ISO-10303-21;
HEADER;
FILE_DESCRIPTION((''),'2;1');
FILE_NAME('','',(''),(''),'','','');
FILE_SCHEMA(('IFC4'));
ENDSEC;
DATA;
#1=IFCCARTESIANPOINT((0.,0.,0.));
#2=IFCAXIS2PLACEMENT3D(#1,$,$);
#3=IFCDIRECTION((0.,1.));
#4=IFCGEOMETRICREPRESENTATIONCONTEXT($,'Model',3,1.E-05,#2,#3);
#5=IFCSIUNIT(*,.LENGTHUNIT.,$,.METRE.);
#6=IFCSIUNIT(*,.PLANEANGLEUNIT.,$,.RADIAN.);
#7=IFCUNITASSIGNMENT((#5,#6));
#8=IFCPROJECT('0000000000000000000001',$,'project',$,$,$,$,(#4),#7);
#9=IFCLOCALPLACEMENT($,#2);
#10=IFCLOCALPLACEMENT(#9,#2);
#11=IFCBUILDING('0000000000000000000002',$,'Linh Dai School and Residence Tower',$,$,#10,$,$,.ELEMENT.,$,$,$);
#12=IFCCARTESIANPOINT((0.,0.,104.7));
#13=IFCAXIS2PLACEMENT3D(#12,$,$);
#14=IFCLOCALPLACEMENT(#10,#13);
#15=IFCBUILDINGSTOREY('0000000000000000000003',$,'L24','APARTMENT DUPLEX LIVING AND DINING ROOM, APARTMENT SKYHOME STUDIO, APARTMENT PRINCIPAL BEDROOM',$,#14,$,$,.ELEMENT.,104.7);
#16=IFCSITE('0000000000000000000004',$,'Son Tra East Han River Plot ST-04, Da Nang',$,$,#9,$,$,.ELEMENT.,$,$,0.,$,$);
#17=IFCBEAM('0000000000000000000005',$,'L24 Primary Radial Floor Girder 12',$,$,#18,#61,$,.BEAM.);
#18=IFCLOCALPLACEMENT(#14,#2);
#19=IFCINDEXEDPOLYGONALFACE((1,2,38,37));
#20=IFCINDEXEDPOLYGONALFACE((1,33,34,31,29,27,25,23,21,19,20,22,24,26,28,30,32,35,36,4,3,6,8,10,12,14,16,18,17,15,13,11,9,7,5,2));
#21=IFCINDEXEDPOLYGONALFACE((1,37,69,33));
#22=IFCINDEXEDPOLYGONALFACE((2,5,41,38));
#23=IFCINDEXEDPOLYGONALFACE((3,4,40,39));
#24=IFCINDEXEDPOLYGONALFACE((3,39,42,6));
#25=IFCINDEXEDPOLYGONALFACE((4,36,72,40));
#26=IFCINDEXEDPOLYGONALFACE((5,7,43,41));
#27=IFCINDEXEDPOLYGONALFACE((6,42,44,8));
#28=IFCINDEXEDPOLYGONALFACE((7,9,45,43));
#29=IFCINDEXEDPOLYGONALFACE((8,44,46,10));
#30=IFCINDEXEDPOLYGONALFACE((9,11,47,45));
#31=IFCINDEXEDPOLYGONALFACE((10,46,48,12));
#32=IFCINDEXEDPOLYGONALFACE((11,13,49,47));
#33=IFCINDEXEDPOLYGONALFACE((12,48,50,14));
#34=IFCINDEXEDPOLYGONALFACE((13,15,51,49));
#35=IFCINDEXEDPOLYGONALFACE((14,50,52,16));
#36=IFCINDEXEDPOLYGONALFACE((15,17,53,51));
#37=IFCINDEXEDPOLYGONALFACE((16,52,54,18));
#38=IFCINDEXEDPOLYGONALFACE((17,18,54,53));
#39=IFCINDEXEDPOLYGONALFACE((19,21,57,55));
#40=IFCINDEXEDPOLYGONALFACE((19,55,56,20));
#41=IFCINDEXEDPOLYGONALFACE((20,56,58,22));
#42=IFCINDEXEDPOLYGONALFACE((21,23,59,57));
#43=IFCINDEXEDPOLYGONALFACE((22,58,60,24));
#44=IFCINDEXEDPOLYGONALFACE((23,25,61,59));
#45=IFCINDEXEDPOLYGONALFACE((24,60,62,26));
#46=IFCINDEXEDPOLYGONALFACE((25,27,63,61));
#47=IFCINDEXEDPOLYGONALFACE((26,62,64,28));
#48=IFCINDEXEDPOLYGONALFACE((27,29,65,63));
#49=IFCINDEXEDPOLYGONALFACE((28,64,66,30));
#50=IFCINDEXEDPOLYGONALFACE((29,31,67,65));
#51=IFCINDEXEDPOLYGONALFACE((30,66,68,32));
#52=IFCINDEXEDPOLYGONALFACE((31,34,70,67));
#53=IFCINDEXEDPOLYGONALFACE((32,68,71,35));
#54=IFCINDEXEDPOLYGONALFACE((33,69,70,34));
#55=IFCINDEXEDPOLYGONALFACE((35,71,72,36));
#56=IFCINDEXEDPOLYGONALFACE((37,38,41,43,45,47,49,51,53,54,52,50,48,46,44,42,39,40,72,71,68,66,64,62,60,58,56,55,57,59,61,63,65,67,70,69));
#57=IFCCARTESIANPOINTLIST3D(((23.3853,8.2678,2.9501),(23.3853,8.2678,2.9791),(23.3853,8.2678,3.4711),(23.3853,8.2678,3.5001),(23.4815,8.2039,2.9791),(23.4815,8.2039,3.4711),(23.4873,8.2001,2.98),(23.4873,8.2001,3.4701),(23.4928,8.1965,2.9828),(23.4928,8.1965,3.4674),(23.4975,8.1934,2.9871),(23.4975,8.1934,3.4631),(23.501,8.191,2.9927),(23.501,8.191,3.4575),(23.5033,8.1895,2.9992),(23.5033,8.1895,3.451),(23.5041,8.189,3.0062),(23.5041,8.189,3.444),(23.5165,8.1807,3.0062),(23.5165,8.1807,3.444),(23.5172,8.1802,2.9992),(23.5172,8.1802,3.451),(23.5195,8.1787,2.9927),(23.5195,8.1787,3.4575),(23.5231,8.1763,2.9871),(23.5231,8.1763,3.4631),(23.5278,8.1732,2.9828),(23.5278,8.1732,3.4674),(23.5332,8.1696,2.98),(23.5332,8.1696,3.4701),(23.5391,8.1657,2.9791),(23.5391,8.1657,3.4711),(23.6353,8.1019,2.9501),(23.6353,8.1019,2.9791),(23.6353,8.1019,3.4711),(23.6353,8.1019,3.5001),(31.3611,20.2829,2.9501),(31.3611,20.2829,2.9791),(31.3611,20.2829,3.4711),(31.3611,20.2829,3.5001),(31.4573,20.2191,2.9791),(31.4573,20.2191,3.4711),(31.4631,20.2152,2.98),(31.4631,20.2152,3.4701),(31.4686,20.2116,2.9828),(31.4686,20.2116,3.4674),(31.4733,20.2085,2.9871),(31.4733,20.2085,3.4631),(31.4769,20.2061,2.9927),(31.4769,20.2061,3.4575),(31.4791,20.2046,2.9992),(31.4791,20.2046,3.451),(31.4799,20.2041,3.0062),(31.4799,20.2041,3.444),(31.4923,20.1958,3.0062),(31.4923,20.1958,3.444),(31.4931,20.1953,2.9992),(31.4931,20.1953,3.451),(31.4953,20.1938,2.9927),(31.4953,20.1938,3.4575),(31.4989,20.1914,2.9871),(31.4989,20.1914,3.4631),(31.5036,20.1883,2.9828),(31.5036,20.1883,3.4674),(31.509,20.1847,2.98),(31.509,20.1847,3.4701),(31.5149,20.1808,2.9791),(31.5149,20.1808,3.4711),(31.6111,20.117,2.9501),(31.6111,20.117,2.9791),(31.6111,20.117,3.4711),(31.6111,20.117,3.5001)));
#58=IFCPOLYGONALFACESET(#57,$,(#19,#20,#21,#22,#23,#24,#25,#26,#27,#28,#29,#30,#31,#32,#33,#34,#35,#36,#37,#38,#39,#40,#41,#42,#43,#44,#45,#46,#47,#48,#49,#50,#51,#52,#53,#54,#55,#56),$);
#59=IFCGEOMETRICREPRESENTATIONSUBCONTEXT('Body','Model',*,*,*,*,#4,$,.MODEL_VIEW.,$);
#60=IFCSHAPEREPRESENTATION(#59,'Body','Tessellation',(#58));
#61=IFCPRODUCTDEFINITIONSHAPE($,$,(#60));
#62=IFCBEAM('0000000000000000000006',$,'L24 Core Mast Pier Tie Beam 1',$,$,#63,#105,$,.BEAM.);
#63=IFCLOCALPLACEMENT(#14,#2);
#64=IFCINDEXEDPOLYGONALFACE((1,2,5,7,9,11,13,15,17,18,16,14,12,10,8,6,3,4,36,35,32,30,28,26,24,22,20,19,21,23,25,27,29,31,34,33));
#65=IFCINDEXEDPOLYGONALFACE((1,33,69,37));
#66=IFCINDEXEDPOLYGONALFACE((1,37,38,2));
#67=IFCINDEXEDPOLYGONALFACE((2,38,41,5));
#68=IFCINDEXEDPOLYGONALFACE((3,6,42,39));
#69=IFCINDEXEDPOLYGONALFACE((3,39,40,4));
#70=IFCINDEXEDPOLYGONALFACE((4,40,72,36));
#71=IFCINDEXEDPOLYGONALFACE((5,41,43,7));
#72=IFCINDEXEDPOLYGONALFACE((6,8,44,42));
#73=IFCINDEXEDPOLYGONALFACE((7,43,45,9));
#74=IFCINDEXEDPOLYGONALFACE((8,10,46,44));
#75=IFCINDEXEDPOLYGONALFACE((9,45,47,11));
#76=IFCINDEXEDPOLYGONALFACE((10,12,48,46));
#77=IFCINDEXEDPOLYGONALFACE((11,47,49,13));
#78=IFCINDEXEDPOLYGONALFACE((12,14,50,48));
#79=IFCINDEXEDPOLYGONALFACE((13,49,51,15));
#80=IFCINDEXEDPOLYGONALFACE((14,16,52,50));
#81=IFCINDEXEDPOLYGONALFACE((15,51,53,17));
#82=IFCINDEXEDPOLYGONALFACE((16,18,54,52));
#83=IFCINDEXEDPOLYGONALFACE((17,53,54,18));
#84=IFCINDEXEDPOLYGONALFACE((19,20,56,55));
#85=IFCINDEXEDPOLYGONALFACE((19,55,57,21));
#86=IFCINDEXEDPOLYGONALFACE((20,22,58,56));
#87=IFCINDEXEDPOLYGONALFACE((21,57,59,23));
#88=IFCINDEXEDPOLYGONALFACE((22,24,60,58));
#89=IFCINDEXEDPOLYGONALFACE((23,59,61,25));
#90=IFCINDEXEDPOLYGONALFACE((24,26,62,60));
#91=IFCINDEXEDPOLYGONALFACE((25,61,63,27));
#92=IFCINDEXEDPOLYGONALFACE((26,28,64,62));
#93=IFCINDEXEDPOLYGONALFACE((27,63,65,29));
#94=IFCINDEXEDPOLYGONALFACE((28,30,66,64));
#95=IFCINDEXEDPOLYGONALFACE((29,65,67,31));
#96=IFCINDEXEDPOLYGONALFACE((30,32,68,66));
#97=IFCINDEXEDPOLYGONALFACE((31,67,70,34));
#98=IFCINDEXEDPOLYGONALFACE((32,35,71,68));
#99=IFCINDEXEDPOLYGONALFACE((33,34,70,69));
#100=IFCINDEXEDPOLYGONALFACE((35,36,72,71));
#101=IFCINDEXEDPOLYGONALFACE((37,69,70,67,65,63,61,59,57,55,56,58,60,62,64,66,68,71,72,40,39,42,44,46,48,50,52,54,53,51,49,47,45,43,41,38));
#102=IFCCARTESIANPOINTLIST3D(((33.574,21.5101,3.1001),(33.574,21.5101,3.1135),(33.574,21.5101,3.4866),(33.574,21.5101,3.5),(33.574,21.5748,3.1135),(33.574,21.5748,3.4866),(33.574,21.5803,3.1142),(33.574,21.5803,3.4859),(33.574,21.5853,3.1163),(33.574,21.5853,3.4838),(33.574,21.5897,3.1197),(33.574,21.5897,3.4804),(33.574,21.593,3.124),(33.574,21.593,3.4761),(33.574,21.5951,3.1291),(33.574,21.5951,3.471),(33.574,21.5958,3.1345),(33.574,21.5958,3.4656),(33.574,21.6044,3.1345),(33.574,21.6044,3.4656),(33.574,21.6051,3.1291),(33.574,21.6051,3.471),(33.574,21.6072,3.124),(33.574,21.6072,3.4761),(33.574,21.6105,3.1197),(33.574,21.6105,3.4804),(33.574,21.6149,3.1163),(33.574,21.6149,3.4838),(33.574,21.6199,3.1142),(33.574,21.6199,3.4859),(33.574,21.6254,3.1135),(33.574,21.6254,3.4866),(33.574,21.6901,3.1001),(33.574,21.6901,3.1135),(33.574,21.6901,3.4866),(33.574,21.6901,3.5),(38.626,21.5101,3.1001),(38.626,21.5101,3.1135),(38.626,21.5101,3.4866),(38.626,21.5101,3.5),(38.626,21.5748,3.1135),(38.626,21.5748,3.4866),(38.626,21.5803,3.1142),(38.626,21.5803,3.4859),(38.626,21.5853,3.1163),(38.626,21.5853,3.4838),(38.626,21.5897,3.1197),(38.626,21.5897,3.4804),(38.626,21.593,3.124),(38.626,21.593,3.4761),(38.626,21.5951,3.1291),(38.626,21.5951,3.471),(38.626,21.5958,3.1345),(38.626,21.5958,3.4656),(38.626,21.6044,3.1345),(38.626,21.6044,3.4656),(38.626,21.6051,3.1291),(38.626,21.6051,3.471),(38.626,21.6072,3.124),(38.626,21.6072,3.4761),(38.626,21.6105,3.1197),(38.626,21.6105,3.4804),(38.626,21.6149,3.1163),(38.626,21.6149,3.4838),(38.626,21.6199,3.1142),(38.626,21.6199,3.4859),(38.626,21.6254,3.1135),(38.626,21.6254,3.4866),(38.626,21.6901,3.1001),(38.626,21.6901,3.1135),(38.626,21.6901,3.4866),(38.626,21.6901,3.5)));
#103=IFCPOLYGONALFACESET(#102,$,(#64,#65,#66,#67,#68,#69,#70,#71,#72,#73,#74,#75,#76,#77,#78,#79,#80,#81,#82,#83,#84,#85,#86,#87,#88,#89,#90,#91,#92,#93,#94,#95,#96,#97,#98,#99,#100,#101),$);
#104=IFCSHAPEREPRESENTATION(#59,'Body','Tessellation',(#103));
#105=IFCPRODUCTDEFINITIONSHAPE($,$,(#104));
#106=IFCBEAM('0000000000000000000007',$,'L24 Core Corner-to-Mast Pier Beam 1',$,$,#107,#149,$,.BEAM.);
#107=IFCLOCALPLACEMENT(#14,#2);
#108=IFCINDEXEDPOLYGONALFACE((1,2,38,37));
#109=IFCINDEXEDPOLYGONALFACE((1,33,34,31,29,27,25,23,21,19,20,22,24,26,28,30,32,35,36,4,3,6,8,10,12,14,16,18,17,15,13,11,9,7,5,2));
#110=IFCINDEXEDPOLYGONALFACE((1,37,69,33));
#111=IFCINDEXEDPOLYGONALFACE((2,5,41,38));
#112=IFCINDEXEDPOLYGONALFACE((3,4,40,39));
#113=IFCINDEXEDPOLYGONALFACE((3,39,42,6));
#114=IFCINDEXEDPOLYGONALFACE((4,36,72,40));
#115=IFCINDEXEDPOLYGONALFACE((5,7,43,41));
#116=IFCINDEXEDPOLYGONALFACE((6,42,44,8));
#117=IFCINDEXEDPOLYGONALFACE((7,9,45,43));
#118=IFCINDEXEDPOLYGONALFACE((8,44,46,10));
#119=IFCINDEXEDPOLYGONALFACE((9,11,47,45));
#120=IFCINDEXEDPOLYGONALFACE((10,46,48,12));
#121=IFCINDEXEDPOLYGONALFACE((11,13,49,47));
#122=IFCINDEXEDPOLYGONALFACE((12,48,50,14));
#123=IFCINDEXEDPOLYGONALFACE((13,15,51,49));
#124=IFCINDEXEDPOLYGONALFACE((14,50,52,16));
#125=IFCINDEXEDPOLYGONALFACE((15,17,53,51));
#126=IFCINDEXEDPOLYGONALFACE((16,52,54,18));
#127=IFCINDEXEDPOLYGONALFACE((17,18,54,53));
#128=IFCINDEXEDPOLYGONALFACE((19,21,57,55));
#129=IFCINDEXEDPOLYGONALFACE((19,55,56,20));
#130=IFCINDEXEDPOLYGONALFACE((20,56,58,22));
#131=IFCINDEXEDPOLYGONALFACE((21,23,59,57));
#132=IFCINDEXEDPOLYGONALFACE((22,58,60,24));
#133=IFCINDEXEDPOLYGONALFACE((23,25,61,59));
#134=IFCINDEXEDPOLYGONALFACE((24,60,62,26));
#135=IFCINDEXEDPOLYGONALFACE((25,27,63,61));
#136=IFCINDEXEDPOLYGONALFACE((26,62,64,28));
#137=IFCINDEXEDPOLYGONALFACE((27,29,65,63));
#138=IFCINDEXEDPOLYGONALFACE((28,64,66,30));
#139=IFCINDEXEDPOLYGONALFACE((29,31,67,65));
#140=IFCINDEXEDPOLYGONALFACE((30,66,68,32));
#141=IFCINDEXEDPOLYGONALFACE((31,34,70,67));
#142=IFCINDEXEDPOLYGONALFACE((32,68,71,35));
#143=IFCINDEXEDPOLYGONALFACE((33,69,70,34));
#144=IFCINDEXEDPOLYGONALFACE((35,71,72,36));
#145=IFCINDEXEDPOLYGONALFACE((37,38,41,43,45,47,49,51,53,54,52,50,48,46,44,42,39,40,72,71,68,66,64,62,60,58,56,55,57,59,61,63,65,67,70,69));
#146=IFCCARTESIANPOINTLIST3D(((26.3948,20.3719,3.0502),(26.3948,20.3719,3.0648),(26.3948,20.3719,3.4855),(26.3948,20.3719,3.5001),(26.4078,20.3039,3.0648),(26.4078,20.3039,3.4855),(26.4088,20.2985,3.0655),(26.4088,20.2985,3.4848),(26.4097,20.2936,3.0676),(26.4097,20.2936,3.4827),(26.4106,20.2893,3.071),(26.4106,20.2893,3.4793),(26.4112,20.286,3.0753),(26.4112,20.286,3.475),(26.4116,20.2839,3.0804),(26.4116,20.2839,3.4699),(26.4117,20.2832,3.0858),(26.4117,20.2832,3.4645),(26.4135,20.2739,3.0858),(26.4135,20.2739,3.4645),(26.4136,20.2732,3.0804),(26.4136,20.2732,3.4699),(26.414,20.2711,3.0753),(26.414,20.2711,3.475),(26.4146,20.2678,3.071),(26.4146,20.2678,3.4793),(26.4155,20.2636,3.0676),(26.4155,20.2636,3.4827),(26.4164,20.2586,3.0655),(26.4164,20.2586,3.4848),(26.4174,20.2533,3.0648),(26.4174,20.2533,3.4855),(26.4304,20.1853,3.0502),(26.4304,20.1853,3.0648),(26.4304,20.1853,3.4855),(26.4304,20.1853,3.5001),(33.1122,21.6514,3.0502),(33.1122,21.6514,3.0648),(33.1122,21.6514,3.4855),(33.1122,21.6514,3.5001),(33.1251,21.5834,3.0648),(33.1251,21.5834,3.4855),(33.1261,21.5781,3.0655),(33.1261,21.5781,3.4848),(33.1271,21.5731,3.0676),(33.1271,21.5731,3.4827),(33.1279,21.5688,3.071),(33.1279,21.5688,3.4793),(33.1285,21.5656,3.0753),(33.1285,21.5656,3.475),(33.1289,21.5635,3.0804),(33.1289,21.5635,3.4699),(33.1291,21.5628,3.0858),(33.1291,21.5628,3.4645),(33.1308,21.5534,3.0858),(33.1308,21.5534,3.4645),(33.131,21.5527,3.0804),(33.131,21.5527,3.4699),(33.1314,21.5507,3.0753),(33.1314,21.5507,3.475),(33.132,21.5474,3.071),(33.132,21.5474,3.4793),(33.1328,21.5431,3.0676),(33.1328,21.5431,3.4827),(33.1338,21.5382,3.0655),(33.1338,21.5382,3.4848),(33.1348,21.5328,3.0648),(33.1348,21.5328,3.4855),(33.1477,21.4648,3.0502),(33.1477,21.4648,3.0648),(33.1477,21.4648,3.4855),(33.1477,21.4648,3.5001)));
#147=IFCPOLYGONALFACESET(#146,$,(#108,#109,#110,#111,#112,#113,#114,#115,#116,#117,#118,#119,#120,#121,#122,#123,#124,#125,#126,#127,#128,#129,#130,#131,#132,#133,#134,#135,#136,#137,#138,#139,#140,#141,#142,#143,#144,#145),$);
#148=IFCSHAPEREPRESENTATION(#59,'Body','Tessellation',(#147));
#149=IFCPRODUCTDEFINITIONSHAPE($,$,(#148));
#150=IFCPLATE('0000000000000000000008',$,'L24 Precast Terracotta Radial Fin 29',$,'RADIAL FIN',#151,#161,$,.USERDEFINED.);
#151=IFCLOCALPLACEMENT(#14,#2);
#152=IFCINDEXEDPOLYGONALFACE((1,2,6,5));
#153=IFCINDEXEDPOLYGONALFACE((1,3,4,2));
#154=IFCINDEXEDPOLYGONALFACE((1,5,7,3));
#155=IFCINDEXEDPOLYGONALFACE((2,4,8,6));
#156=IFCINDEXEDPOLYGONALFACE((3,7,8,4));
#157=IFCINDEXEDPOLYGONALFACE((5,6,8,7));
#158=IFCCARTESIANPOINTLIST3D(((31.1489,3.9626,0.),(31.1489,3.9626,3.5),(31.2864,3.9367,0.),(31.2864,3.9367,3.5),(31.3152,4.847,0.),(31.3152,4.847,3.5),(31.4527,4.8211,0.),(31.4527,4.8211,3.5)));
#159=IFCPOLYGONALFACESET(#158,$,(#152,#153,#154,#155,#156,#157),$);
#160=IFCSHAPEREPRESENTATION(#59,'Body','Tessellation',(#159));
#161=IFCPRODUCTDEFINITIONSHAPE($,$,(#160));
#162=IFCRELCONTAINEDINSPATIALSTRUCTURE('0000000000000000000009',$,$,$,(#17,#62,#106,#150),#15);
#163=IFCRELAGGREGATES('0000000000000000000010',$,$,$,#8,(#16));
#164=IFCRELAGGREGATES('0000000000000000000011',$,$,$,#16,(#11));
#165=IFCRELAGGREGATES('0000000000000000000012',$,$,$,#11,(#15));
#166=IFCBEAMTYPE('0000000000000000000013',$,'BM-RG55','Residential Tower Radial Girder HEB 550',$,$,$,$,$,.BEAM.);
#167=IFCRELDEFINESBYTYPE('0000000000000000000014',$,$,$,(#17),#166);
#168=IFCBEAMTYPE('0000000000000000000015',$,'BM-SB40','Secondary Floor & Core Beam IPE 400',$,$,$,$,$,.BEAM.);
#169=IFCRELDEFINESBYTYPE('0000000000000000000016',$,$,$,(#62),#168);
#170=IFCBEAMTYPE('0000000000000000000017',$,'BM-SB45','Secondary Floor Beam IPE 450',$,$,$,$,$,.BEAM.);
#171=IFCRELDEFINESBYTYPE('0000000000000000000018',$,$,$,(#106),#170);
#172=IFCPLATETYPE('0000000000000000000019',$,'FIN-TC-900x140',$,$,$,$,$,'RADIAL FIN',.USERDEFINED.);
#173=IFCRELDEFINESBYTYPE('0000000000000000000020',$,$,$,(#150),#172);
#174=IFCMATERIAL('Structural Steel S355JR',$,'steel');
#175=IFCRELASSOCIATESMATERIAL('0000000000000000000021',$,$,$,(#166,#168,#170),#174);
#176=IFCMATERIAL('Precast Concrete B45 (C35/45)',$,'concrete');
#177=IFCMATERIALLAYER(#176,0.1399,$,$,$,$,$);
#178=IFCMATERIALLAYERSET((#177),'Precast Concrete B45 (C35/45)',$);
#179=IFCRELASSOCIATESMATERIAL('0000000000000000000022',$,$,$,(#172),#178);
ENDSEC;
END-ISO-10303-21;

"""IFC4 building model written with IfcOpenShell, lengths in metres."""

from ifc_helpers import new_model, si_unit, direction, frame, origin, origin_2d, place, context, subcontext, project, spatial, rectangle, i_section, extrude, source, transform, mapped, material, layer, layer_set, material_profile, profile_set, type_object, element, save


model = new_model("IFC4")

# Units and contexts
model_context = context("Model", 3, precision=1e-05, world=origin(), true_north=direction((0.0, 1.0)))
body_context = subcontext(model_context, "Body", "Model", "MODEL_VIEW")
ifc_project = project(units=[si_unit("LENGTHUNIT", "METRE"), si_unit("PLANEANGLEUNIT", "RADIAN")], contexts=[model_context])

# Site, building, storey
site_placement = place(None, origin())
site = spatial("IfcSite", under=ifc_project, at=site_placement, Name="Son Tra East Han River Plot ST-04, Da Nang", CompositionType="ELEMENT", RefElevation=0.0)
building_placement = place(site_placement, origin())
building = spatial("IfcBuilding", under=site, at=building_placement, Name="Linh Dai School and Residence Tower", CompositionType="ELEMENT")
storey_placement = place(building_placement, frame((0.0, 0.0, 104.7)))
storey = spatial("IfcBuildingStorey", under=building, at=storey_placement, Name="L24", Description="APARTMENT DUPLEX LIVING AND DINING ROOM, APARTMENT SKYHOME STUDIO, APARTMENT PRINCIPAL BEDROOM", CompositionType="ELEMENT", Elevation=104.7)

# Shared definitions
ifc_material_1 = material(Name="Structural Steel S355JR", Category="steel")

# Beams
ifc_material_profile_1 = material_profile(ifc_material_1, i_section(OverallWidth=0.3, OverallDepth=0.55, WebThickness=0.0149, FlangeThickness=0.0291, FilletRadius=0.0271, at=origin_2d()), Name="HEB 550")
ifc_profile_set_1 = profile_set([ifc_material_profile_1], Name="Structural Steel S355JR")
beam_type_1 = type_object("IfcBeamType", Name="BM-RG55", Description="Residential Tower Radial Girder HEB 550", PredefinedType="BEAM", material=ifc_profile_set_1)
beam_1_placement = place(storey_placement, frame((31.4861, 20.2, 3.2251), z_axis=(-0.553054, -0.833145, 0.0), x_axis=(0.833145, -0.553054, 0.0)))
element("IfcBeam", 1, at=beam_1_placement, inside=storey, type_object=beam_type_1, Name="L24 Primary Radial Floor Girder 12", PredefinedType="BEAM", context=body_context, shape_type="SweptSolid", body=[
    extrude(i_section(OverallWidth=0.3, OverallDepth=0.55, WebThickness=0.0149, FlangeThickness=0.0291, FilletRadius=0.0271, at=origin_2d()), origin(), (0.0, 0.0, 1.0), 14.4214),
])
ifc_material_profile_2 = material_profile(ifc_material_1, i_section(OverallWidth=0.1799, OverallDepth=0.3999, WebThickness=0.0085, FlangeThickness=0.0134, FilletRadius=0.021, at=origin_2d()), Name="IPE 400")
ifc_profile_set_2 = profile_set([ifc_material_profile_2], Name="Structural Steel S355JR")
beam_type_2 = type_object("IfcBeamType", Name="BM-SB40", Description="Secondary Floor & Core Beam IPE 400", PredefinedType="BEAM", material=ifc_profile_set_2)
beam_2_placement = place(storey_placement, frame((33.574, 21.6001, 3.3), z_axis=(1.0, 0.0, 0.0), x_axis=(0.0, 1.0, 0.0)))
element("IfcBeam", 2, at=beam_2_placement, inside=storey, type_object=beam_type_2, Name="L24 Core Mast Pier Tie Beam 1", PredefinedType="BEAM", context=body_context, shape_type="SweptSolid", body=[
    extrude(i_section(OverallWidth=0.1799, OverallDepth=0.3999, WebThickness=0.0085, FlangeThickness=0.0134, FilletRadius=0.021, at=origin_2d()), origin(), (0.0, 0.0, 1.0), 5.052),
])
ifc_material_profile_3 = material_profile(ifc_material_1, i_section(OverallWidth=0.1899, OverallDepth=0.45, WebThickness=0.0095, FlangeThickness=0.0146, FilletRadius=0.021, at=origin_2d()), Name="IPE 450")
ifc_profile_set_3 = profile_set([ifc_material_profile_3], Name="Structural Steel S355JR")
beam_type_3 = type_object("IfcBeamType", Name="BM-SB45", Description="Secondary Floor Beam IPE 450", PredefinedType="BEAM", material=ifc_profile_set_3)
beam_3_placement = place(storey_placement, frame((26.4126, 20.2786, 3.2751), z_axis=(0.982337, 0.18712, 0.0), x_axis=(-0.18712, 0.982337, 0.0)))
element("IfcBeam", 3, at=beam_3_placement, inside=storey, type_object=beam_type_3, Name="L24 Core Corner-to-Mast Pier Beam 1", PredefinedType="BEAM", context=body_context, shape_type="SweptSolid", body=[
    extrude(i_section(OverallWidth=0.1899, OverallDepth=0.45, WebThickness=0.0095, FlangeThickness=0.0146, FilletRadius=0.021, at=origin_2d()), origin(), (0.0, 0.0, 1.0), 6.8381),
])

# Plate
ifc_material_2 = material(Name="Precast Concrete B45 (C35/45)", Category="concrete")
ifc_layer_1 = layer(ifc_material_2, 0.1399)
ifc_layer_set_1 = layer_set([ifc_layer_1], Name="Precast Concrete B45 (C35/45)")
plate_type = type_object("IfcPlateType", Name="FIN-TC-900x140", ElementType="RADIAL FIN", PredefinedType="USERDEFINED", material=ifc_layer_set_1)
shared_shape_1 = source(origin(), body_context, "Body", "SweptSolid", [
    extrude(rectangle(XDim=0.8999, YDim=0.1399, at=origin_2d()), origin(), (0.0, 0.0, 1.0), 3.5),
])
plate_placement = place(storey_placement, frame((31.3008, 4.3918, 0.0), z_axis=(0.0, 0.0, 1.0), x_axis=(-0.184755, -0.982785, 0.0)))
element("IfcPlate", 4, at=plate_placement, inside=storey, type_object=plate_type, Name="L24 Precast Terracotta Radial Fin 29", ObjectType="RADIAL FIN", PredefinedType="USERDEFINED", context=body_context, shape_type="MappedRepresentation", body=[
    mapped(shared_shape_1, transform((0.0, 0.0, 0.0), x_axis=(1.0, 0.0, 0.0), y_axis=(0.0, 1.0, 0.0), z_axis=(0.0, 0.0, 1.0), scale=1.0)),
])

save(model, "model.ifc")
